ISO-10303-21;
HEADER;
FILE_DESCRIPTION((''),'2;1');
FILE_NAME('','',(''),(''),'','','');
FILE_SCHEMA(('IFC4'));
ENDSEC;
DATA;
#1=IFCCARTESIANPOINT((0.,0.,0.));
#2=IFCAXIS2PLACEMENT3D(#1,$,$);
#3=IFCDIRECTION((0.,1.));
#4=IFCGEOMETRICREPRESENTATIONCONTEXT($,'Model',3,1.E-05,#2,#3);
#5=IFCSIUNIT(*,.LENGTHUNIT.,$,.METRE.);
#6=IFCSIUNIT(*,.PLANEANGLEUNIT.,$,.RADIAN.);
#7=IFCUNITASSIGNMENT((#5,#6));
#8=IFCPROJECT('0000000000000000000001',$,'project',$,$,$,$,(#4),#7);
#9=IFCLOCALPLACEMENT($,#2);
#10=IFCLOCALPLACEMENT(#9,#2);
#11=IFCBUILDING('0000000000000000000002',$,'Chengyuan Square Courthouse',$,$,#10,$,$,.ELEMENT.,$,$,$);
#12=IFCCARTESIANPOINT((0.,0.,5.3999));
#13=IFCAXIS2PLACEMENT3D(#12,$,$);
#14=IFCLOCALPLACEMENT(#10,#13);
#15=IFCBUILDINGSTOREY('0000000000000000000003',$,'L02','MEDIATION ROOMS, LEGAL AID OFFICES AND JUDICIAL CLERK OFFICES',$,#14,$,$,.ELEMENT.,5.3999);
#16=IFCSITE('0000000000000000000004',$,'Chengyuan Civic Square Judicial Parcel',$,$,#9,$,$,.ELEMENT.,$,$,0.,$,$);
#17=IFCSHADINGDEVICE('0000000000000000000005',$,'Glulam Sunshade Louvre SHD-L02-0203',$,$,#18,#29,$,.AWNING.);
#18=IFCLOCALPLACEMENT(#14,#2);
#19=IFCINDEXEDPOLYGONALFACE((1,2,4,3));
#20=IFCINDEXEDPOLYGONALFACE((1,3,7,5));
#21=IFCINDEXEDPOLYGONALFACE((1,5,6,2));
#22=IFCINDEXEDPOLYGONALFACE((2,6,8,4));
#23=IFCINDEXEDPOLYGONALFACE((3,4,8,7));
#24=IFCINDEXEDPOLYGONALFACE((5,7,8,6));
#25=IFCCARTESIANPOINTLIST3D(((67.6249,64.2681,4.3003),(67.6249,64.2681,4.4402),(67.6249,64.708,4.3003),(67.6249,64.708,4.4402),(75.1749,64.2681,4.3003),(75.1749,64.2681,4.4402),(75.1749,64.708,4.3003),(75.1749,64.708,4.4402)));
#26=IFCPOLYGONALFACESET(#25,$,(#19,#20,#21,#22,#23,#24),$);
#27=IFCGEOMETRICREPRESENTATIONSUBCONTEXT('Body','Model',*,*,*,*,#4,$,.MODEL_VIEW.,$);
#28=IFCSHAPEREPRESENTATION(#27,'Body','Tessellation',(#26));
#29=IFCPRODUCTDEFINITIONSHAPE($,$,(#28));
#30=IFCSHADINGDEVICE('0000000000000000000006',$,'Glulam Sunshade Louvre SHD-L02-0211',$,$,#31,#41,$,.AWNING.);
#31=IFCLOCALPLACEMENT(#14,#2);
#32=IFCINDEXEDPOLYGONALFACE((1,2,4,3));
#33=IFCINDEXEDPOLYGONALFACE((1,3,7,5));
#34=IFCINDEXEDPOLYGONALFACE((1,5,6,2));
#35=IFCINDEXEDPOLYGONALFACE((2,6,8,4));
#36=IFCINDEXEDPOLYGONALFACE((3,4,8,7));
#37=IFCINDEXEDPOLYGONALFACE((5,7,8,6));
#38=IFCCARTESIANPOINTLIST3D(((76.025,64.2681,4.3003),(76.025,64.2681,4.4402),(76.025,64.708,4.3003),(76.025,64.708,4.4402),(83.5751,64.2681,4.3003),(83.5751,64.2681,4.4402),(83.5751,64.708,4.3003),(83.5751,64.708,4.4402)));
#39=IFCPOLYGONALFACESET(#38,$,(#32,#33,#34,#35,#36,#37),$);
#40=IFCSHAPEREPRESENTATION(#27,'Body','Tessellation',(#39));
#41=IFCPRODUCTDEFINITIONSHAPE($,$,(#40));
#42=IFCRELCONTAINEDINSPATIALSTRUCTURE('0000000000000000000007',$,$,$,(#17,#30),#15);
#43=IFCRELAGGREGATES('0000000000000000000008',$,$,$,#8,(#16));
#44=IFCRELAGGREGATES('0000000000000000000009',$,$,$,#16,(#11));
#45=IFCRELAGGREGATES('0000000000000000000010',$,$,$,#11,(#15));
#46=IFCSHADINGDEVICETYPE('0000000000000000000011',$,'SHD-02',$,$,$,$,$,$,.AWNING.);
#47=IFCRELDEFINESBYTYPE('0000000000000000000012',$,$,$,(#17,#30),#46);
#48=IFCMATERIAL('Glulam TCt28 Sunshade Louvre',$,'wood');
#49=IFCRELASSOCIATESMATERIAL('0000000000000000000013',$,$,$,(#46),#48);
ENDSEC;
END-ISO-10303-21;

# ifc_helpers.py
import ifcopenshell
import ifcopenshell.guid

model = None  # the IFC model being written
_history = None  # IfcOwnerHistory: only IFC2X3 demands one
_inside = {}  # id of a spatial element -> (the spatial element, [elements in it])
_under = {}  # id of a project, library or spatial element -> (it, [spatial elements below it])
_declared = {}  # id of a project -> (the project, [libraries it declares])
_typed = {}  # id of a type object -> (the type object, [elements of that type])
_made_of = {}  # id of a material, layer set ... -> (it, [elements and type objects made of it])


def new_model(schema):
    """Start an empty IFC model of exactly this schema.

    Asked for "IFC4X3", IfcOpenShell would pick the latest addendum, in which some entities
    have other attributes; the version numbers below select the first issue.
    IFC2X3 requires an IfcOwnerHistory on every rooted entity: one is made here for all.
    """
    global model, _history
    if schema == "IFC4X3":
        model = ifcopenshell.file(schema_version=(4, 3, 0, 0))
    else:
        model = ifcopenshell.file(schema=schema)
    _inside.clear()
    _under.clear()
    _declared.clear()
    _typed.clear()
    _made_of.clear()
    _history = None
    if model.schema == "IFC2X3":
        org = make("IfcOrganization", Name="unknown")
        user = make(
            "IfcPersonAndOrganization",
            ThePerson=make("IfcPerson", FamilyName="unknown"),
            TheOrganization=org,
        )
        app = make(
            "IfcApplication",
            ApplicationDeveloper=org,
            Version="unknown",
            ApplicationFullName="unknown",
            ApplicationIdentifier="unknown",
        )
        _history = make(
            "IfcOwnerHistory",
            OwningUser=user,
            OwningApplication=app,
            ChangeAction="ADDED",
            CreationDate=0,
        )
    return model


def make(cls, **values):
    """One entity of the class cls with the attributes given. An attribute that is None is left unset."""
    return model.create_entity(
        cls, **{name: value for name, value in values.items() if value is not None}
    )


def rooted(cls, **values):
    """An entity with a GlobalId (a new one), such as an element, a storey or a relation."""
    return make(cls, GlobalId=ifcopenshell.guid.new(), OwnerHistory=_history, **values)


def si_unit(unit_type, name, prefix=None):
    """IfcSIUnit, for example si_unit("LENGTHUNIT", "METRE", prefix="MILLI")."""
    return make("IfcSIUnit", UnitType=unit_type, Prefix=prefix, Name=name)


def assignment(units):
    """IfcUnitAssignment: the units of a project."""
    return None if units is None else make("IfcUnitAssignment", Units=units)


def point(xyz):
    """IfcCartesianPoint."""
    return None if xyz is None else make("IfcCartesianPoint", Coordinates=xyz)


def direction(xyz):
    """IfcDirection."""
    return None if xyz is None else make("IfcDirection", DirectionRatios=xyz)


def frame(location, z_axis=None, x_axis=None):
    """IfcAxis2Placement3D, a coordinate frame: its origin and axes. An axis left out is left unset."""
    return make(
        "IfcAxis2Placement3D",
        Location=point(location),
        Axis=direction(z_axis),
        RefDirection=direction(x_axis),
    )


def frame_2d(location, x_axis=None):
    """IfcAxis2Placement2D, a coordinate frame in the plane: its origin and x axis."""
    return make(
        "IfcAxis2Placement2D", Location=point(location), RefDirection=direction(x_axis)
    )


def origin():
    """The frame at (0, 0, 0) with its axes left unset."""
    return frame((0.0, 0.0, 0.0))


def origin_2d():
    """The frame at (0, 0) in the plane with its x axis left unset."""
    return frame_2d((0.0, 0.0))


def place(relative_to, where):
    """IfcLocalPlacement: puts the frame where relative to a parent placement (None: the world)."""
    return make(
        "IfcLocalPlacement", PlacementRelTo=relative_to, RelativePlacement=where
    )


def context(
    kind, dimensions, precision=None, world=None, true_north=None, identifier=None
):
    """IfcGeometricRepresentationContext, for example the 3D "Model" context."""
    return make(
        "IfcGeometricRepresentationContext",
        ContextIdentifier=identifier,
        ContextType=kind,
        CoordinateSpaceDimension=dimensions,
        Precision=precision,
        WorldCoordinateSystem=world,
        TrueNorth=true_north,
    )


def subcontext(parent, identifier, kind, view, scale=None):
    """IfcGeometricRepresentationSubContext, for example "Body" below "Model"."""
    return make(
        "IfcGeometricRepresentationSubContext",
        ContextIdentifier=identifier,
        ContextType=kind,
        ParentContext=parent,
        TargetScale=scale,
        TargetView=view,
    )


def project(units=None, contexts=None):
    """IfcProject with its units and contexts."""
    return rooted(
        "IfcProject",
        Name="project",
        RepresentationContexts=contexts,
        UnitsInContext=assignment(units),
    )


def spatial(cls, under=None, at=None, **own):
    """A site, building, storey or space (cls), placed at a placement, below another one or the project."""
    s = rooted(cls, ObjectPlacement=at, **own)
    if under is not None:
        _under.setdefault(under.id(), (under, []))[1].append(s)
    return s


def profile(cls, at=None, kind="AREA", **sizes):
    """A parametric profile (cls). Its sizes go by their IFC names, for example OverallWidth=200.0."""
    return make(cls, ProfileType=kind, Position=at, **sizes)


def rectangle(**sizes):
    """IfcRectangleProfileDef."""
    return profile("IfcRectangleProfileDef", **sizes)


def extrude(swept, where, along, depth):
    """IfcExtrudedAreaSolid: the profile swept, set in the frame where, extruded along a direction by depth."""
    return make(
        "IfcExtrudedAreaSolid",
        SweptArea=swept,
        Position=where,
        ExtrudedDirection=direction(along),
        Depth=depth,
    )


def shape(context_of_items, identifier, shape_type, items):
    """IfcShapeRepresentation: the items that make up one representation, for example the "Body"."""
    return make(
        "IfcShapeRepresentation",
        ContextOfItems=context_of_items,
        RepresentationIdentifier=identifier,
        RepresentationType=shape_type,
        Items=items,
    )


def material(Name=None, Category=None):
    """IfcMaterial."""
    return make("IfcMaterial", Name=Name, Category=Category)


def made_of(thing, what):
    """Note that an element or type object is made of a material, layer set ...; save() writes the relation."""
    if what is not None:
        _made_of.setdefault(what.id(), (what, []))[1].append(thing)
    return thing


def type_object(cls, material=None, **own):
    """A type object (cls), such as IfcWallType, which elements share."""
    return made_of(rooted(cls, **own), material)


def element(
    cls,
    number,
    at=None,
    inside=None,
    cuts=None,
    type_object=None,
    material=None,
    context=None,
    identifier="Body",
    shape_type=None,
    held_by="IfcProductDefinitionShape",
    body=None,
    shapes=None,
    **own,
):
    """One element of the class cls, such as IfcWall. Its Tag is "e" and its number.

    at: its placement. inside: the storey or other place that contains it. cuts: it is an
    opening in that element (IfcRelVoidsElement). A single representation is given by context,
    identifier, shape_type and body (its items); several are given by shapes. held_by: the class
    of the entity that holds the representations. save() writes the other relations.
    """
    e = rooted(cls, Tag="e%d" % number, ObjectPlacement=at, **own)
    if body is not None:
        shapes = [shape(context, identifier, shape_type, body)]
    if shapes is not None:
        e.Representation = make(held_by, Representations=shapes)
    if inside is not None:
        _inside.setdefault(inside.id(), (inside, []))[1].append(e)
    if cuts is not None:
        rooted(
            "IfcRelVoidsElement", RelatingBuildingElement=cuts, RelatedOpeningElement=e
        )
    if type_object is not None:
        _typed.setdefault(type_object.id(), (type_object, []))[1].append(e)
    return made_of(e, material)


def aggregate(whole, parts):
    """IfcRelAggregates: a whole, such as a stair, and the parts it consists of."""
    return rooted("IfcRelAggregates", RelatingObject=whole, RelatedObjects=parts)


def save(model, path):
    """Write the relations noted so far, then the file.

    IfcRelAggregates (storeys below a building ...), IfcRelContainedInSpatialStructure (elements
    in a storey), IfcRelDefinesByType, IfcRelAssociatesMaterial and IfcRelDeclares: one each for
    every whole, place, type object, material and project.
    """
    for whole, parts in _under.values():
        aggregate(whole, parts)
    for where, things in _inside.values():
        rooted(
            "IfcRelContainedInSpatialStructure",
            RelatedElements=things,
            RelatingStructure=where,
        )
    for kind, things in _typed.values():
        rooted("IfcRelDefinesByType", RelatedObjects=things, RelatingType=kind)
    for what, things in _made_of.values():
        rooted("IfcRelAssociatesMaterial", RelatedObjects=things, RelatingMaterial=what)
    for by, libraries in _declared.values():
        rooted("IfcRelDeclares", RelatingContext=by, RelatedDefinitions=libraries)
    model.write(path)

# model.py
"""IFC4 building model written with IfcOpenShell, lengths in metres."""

from ifc_helpers import new_model, si_unit, direction, frame, origin, origin_2d, place, context, subcontext, project, spatial, rectangle, extrude, material, type_object, element, save


model = new_model("IFC4")

# Units and contexts
model_context = context("Model", 3, precision=1e-05, world=origin(), true_north=direction((0.0, 1.0)))
body_context = subcontext(model_context, "Body", "Model", "MODEL_VIEW")
ifc_project = project(units=[si_unit("LENGTHUNIT", "METRE"), si_unit("PLANEANGLEUNIT", "RADIAN")], contexts=[model_context])

# Site, building, storey
site_placement = place(None, origin())
site = spatial("IfcSite", under=ifc_project, at=site_placement, Name="Chengyuan Civic Square Judicial Parcel", CompositionType="ELEMENT", RefElevation=0.0)
building_placement = place(site_placement, origin())
building = spatial("IfcBuilding", under=site, at=building_placement, Name="Chengyuan Square Courthouse", CompositionType="ELEMENT")
storey_placement = place(building_placement, frame((0.0, 0.0, 5.3999)))
storey = spatial("IfcBuildingStorey", under=building, at=storey_placement, Name="L02", Description="MEDIATION ROOMS, LEGAL AID OFFICES AND JUDICIAL CLERK OFFICES", CompositionType="ELEMENT", Elevation=5.3999)

# Shading devices
ifc_material_1 = material(Name="Glulam TCt28 Sunshade Louvre", Category="wood")
shading_device_type_1 = type_object("IfcShadingDeviceType", Name="SHD-02", PredefinedType="AWNING", material=ifc_material_1)
for number, where, z_axis, x_axis, name in (
    (1, (71.3999, 64.488, 4.3003), (0.0, 0.0, 1.0), (1.0, 0.0, 0.0), "Glulam Sunshade Louvre SHD-L02-0203"),
    (2, (79.8, 64.488, 4.3003), (0.0, 0.0, 1.0), (1.0, 0.0, 0.0), "Glulam Sunshade Louvre SHD-L02-0211"),
):
    element("IfcShadingDevice", number, at=place(storey_placement, frame(where, z_axis=z_axis, x_axis=x_axis)), inside=storey, type_object=shading_device_type_1, Name=name, PredefinedType="AWNING", context=body_context, shape_type="SweptSolid", body=[
        extrude(rectangle(XDim=7.55, YDim=0.4399, at=origin_2d()), origin(), (0.0, 0.0, 1.0), 0.1399),
    ])

save(model, "model.ifc")
